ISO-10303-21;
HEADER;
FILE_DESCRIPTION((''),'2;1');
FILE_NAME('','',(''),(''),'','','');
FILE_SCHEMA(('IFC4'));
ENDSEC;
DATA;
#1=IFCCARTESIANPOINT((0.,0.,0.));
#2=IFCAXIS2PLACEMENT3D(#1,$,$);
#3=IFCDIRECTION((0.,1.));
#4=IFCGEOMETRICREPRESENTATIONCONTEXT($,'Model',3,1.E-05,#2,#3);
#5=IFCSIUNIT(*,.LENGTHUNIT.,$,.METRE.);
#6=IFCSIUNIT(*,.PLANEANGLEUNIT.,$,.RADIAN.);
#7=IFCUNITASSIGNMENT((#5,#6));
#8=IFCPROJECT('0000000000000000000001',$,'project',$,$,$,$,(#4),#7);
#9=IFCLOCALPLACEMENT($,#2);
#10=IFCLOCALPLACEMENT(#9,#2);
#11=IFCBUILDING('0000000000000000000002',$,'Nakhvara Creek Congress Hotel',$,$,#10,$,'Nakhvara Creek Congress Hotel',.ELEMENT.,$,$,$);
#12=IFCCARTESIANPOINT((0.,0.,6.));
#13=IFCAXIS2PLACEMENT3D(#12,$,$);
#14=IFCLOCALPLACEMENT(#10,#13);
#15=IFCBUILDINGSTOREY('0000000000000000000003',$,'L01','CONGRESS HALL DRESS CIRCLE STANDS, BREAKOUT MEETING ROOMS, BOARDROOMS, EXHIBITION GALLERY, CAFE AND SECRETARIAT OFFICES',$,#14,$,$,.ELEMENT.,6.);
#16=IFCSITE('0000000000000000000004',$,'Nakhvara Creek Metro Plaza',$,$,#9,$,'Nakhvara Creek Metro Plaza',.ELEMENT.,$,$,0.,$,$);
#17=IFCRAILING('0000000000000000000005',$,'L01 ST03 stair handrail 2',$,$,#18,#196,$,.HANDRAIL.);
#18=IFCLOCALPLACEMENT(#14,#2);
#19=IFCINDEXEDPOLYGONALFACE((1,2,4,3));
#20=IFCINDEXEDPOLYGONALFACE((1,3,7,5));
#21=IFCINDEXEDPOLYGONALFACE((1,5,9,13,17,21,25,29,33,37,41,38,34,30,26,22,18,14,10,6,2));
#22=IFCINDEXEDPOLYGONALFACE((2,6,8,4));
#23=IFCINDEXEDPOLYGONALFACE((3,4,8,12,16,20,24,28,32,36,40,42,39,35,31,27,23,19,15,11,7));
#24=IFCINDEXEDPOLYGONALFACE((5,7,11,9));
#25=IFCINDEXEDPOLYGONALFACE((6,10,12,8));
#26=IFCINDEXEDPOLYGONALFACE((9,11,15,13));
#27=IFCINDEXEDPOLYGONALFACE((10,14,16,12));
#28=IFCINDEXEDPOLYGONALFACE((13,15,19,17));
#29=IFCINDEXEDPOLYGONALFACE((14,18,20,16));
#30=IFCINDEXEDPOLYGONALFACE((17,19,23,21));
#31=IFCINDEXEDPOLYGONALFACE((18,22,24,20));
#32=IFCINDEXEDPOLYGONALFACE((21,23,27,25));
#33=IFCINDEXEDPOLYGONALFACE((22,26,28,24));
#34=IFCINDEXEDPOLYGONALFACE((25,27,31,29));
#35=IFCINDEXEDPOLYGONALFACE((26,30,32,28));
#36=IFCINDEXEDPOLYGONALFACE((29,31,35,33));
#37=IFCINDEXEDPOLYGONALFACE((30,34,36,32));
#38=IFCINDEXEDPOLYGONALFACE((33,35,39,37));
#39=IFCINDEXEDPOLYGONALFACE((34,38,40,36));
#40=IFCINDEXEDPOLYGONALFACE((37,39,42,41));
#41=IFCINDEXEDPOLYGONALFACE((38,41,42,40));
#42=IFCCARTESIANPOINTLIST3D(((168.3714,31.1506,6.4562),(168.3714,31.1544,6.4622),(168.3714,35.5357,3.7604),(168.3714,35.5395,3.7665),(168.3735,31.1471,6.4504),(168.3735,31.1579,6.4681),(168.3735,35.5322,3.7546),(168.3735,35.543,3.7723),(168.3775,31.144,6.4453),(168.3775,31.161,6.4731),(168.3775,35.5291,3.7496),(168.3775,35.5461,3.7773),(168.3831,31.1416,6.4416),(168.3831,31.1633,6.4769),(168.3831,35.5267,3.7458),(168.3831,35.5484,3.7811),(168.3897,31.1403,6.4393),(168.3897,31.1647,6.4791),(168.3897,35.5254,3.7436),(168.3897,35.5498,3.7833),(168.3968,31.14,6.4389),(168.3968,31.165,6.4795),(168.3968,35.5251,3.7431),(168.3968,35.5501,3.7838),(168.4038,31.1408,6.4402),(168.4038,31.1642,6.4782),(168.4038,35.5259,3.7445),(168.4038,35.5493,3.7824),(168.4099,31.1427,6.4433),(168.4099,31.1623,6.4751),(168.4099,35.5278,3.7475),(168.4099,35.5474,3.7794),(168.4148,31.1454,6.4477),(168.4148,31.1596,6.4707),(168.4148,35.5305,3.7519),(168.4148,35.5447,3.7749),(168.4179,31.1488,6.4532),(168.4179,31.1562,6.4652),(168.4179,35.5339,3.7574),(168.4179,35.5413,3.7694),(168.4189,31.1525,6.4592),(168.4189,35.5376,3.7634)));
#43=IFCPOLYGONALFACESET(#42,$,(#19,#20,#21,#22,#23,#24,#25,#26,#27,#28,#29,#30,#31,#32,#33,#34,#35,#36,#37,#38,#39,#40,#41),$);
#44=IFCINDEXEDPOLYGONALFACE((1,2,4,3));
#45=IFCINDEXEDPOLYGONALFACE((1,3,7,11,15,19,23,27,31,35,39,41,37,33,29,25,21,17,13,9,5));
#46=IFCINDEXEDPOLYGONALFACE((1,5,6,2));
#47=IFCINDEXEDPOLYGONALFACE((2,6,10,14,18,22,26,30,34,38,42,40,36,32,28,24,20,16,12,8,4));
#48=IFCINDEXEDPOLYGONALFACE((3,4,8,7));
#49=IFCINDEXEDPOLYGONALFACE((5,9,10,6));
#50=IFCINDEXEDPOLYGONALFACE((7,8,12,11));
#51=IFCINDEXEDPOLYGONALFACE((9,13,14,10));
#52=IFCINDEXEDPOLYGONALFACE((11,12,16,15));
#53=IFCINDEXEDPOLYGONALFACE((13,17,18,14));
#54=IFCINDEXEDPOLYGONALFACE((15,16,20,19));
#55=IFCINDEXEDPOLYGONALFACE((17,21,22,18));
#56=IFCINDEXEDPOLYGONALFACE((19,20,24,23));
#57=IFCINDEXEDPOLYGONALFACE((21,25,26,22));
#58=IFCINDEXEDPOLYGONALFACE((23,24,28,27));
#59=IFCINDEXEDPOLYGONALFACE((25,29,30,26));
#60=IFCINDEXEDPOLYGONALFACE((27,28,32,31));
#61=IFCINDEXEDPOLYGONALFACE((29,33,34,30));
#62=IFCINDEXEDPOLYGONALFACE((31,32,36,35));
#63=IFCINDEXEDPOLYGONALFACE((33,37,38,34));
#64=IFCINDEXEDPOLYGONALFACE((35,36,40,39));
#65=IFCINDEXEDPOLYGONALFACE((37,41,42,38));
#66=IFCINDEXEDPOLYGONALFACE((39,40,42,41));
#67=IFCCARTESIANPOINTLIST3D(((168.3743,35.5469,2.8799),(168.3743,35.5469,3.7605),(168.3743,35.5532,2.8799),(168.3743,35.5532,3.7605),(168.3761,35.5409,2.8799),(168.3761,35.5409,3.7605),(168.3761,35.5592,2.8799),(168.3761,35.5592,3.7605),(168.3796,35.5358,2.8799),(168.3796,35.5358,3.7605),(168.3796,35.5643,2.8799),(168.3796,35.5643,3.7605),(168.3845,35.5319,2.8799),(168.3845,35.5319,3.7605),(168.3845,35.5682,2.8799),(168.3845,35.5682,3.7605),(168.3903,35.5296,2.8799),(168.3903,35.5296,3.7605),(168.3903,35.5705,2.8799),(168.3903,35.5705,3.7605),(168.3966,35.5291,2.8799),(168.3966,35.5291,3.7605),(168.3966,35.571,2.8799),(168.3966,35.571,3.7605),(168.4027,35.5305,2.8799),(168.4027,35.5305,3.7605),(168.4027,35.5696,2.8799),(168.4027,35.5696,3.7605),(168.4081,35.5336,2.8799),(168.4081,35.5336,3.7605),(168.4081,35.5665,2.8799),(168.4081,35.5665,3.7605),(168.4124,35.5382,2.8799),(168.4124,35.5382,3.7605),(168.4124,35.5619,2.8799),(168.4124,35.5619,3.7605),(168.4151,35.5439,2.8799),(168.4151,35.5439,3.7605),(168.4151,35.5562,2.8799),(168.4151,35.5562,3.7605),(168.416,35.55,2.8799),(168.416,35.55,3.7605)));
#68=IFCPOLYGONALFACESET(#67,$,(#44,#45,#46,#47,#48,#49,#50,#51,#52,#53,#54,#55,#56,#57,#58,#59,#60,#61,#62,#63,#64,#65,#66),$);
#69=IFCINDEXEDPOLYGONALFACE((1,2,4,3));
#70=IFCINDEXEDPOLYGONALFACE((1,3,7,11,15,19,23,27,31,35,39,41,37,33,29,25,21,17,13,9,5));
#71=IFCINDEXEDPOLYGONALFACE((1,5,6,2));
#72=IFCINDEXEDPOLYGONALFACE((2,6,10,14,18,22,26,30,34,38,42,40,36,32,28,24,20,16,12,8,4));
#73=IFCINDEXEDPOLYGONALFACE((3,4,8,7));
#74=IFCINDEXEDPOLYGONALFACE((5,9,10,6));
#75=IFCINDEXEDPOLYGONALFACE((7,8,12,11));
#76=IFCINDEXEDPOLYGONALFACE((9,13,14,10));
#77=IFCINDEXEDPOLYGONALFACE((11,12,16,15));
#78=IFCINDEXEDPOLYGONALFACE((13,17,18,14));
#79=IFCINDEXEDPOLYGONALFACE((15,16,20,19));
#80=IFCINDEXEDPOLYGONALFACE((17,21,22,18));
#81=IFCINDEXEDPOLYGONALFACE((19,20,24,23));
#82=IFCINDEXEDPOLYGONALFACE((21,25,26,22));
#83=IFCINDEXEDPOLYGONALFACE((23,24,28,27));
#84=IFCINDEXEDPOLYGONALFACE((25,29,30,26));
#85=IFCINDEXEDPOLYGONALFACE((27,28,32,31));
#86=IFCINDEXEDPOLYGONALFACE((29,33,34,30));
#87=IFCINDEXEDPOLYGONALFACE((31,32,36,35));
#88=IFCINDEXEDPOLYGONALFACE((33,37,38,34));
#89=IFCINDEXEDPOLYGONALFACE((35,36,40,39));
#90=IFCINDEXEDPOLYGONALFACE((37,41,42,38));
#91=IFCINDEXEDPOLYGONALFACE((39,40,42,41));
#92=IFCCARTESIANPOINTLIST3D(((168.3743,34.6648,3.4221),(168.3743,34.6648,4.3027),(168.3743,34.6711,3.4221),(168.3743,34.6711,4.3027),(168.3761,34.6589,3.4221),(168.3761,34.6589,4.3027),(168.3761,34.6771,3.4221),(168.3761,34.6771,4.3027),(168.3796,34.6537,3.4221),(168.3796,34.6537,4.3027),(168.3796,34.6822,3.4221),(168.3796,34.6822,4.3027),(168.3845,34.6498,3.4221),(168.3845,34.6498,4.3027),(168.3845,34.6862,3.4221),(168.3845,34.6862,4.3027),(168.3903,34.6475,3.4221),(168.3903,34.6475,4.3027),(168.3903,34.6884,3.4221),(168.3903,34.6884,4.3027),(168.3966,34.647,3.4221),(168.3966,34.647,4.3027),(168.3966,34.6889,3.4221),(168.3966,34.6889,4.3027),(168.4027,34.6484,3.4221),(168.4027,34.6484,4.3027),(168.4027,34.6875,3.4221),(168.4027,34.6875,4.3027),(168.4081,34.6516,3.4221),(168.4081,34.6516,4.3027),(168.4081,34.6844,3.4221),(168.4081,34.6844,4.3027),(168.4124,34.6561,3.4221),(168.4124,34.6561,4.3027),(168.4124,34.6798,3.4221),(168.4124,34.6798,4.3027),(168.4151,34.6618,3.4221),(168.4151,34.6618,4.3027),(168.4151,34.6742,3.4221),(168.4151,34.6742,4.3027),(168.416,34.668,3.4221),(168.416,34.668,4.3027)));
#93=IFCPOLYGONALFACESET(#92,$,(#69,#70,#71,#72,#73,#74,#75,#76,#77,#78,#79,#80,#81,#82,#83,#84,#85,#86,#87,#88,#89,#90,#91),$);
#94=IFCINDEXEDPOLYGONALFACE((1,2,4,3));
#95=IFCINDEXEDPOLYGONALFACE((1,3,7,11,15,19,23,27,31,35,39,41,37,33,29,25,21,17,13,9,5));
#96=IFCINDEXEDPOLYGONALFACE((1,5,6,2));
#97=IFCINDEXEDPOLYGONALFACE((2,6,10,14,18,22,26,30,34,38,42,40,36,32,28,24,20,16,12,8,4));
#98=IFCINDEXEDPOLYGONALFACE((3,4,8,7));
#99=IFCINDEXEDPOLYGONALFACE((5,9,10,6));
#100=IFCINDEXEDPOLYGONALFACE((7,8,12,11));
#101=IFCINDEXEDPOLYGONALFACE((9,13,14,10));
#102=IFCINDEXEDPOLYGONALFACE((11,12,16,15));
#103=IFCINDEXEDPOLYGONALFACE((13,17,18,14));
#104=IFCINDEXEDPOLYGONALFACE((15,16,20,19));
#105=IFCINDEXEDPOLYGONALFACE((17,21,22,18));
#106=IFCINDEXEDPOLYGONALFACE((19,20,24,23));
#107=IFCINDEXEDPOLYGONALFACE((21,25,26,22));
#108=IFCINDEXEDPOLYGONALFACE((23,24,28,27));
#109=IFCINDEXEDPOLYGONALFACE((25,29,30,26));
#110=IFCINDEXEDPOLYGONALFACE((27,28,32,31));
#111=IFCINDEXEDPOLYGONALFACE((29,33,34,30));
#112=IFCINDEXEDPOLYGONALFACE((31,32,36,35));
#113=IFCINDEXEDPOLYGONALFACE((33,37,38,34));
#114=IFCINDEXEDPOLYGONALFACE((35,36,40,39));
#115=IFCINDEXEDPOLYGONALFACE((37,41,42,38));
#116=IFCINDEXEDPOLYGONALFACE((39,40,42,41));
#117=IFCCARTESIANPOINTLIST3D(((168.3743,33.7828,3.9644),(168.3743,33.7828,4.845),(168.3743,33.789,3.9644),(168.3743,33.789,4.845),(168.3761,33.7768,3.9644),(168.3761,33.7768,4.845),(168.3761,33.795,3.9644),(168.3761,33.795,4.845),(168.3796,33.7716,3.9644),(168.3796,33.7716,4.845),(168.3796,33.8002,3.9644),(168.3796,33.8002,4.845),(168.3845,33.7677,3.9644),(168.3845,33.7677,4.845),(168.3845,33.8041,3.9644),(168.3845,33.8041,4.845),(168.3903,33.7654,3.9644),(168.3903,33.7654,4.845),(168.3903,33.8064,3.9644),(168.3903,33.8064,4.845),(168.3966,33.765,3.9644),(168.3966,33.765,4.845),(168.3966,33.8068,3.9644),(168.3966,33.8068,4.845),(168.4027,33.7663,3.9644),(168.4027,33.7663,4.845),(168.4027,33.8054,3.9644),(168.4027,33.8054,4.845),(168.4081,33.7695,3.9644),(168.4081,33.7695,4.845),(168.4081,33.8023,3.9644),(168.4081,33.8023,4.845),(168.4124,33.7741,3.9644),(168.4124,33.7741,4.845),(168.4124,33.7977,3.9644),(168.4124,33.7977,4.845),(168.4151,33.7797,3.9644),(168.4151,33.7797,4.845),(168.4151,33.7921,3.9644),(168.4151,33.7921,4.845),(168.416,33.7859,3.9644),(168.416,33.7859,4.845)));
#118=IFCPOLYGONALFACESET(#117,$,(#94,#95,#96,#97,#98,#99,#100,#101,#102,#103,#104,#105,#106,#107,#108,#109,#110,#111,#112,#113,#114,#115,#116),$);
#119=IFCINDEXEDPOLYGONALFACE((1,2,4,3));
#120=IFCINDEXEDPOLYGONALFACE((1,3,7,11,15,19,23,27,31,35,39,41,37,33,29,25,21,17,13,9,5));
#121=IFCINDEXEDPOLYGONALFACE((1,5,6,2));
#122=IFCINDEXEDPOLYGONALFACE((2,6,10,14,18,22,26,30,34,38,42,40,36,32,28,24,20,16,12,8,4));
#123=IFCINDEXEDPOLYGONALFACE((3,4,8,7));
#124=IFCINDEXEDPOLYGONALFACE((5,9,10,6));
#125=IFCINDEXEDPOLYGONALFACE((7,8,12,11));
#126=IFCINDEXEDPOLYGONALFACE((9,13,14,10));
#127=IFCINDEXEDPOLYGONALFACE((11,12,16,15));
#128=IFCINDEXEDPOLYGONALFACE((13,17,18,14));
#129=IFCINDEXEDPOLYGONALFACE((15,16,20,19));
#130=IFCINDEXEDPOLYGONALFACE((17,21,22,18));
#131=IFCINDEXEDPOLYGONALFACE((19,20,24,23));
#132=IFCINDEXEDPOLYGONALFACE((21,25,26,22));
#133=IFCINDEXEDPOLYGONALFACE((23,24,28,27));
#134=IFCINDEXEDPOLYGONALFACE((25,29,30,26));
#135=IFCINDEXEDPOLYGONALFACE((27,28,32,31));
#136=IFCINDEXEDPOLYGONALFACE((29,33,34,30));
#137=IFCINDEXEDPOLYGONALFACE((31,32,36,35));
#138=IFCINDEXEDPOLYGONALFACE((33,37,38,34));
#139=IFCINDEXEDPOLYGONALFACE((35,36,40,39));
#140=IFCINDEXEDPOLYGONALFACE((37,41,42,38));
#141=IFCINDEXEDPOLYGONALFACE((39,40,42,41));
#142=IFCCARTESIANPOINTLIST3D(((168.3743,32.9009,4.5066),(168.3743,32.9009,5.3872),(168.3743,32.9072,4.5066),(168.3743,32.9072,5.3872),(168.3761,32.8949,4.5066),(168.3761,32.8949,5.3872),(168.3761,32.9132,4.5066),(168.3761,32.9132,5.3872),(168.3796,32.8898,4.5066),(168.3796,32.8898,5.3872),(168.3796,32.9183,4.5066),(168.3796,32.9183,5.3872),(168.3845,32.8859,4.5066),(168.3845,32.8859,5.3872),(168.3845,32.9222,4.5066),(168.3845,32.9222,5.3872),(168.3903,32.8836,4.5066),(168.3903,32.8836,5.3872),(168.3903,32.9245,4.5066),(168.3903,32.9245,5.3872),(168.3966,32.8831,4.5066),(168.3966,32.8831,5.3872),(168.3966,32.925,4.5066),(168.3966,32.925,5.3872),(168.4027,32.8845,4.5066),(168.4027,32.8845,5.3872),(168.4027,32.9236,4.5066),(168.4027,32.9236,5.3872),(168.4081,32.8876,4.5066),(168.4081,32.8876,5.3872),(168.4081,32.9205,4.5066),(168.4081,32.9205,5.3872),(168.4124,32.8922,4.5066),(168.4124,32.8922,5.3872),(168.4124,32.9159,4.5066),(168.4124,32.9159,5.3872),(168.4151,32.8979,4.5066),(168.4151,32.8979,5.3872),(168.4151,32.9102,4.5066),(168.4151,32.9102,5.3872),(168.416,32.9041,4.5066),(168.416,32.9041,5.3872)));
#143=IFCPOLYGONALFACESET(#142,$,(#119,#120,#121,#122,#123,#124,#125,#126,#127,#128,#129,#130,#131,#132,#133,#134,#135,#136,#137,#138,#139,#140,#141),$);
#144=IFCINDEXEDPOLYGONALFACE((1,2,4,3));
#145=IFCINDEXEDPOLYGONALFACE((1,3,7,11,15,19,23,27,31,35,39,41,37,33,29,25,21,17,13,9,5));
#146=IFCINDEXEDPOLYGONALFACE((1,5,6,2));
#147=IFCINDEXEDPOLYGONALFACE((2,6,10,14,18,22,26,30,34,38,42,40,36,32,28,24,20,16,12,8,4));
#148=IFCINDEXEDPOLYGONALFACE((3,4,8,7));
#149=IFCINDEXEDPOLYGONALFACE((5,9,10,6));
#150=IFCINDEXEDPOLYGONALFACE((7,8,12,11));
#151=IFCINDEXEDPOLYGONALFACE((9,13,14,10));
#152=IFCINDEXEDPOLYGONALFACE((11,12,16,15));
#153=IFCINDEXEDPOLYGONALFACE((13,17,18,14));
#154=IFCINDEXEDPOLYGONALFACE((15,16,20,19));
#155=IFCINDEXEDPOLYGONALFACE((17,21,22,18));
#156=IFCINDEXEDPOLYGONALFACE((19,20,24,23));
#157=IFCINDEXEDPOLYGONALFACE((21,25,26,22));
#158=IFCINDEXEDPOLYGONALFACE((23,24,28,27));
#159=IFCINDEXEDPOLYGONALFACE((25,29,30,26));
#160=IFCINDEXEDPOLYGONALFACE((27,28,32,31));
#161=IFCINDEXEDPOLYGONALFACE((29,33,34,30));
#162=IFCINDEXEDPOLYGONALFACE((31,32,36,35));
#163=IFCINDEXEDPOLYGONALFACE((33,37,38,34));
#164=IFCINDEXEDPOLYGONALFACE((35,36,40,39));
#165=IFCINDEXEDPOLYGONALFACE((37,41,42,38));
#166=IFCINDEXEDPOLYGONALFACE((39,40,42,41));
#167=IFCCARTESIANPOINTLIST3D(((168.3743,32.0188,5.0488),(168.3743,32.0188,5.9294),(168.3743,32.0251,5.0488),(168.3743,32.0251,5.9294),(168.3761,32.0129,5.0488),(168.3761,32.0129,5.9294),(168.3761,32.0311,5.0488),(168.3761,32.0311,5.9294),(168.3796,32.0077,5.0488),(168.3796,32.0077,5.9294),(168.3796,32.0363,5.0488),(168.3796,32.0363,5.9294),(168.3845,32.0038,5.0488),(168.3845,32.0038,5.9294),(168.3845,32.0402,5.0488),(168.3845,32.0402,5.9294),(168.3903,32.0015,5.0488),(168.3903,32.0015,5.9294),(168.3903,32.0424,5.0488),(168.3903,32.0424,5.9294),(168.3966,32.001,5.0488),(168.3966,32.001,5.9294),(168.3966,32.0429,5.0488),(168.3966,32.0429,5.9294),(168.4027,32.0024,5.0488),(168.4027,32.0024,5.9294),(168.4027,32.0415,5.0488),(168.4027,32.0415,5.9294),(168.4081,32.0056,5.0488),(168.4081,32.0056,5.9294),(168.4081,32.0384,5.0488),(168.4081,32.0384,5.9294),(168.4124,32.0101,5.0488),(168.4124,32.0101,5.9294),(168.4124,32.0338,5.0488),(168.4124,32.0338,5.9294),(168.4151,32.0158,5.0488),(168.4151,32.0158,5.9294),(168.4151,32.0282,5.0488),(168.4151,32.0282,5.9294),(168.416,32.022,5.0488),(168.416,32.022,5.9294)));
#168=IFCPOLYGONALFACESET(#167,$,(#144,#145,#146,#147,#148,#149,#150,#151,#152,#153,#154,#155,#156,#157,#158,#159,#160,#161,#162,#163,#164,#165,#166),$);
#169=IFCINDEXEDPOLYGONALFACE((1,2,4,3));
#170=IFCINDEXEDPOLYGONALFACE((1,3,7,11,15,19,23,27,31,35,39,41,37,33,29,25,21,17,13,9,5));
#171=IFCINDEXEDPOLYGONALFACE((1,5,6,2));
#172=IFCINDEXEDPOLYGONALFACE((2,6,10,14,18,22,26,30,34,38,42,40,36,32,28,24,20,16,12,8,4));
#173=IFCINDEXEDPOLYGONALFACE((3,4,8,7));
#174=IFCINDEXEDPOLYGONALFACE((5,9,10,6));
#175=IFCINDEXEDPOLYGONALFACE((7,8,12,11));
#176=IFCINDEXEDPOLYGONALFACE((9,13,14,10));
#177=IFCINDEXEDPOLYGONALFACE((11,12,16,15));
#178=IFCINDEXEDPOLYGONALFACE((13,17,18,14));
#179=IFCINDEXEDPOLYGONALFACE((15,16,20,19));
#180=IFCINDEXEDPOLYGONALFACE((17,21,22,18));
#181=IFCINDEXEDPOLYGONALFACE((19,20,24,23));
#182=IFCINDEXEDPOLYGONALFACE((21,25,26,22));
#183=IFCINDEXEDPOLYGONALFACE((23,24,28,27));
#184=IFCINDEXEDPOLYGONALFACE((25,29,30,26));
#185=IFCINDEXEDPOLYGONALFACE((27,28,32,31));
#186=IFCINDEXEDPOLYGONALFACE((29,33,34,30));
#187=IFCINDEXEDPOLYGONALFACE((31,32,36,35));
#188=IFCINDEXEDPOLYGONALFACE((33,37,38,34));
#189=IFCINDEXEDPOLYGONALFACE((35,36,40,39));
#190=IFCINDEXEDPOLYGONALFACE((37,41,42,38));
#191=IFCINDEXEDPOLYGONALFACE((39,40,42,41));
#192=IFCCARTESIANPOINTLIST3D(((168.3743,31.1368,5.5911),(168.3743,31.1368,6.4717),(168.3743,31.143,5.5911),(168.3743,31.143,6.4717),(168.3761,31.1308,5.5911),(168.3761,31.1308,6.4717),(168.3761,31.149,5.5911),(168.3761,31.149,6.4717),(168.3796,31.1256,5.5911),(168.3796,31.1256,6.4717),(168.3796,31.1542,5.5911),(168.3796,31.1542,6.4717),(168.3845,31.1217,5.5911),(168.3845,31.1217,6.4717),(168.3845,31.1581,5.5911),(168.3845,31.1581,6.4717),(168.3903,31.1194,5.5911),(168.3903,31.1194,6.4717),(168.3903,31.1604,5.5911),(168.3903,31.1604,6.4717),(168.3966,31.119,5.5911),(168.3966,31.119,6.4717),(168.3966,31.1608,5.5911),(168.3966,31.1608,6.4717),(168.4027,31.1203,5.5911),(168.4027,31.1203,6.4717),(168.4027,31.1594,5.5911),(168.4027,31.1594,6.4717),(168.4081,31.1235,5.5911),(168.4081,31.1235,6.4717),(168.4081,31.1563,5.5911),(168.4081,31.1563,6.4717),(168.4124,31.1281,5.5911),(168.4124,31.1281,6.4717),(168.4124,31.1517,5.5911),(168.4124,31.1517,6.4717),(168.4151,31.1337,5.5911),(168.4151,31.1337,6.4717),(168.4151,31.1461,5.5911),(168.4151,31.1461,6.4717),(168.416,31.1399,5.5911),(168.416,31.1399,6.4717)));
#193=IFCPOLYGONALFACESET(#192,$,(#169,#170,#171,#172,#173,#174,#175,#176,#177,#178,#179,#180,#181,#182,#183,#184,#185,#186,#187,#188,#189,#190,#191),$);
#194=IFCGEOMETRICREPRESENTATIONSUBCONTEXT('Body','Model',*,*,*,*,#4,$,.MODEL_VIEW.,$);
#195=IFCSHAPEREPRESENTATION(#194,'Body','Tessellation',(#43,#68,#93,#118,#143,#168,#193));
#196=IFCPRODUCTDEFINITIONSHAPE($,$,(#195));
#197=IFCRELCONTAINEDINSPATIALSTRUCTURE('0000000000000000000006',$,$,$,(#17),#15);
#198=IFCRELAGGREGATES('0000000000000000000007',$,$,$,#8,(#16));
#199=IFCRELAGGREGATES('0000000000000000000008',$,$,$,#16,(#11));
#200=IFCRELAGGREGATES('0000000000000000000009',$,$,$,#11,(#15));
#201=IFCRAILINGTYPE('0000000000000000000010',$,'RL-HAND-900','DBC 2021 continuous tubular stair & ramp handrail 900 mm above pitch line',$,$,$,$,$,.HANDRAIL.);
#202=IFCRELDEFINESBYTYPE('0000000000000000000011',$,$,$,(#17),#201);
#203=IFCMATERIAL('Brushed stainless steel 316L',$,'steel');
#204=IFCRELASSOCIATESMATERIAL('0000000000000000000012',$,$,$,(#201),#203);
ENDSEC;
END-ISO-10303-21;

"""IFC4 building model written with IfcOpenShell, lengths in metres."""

from ifc_helpers import new_model, si_unit, direction, frame, origin, origin_2d, place, context, subcontext, project, spatial, circle, extrude, material, type_object, element, save


model = new_model("IFC4")

# Units and contexts
model_context = context("Model", 3, precision=1e-05, world=origin(), true_north=direction((0.0, 1.0)))
body_context = subcontext(model_context, "Body", "Model", "MODEL_VIEW")
ifc_project = project(units=[si_unit("LENGTHUNIT", "METRE"), si_unit("PLANEANGLEUNIT", "RADIAN")], contexts=[model_context])

# Site, building, storey
site_placement = place(None, origin())
site = spatial("IfcSite", under=ifc_project, at=site_placement, Name="Nakhvara Creek Metro Plaza", LongName="Nakhvara Creek Metro Plaza", CompositionType="ELEMENT", RefElevation=0.0)
building_placement = place(site_placement, origin())
building = spatial("IfcBuilding", under=site, at=building_placement, Name="Nakhvara Creek Congress Hotel", LongName="Nakhvara Creek Congress Hotel", CompositionType="ELEMENT")
storey_placement = place(building_placement, frame((0.0, 0.0, 6.0)))
storey = spatial("IfcBuildingStorey", under=building, at=storey_placement, Name="L01", Description="CONGRESS HALL DRESS CIRCLE STANDS, BREAKOUT MEETING ROOMS, BOARDROOMS, EXHIBITION GALLERY, CAFE AND SECRETARIAT OFFICES", CompositionType="ELEMENT", Elevation=6.0)

# Railing
ifc_material_1 = material(Name="Brushed stainless steel 316L", Category="steel")
railing_type_1 = type_object("IfcRailingType", Name="RL-HAND-900", Description="DBC 2021 continuous tubular stair & ramp handrail 900 mm above pitch line", PredefinedType="HANDRAIL", material=ifc_material_1)
railing_1_placement = place(storey_placement, frame((168.395, 35.55, 2.8799)))
element("IfcRailing", 1, at=railing_1_placement, inside=storey, type_object=railing_type_1, Name="L01 ST03 stair handrail 2", PredefinedType="HANDRAIL", context=body_context, shape_type="SweptSolid", body=[
    extrude(circle(Radius=0.0239, at=origin_2d()), frame((0.0, -0.0125, 0.8835), z_axis=(0.0, -0.851896, 0.523711), x_axis=(1.0, 0.0, 0.0)), (0.0, 0.0, 1.0), 5.1475),
    extrude(circle(Radius=0.021, at=origin_2d()), origin(), (0.0, 0.0, 1.0), 0.8806),
    extrude(circle(Radius=0.021, at=origin_2d()), frame((0.0, -0.8821, 0.5422)), (0.0, 0.0, 1.0), 0.8806),
    extrude(circle(Radius=0.021, at=origin_2d()), frame((0.0, -1.7642, 1.0845)), (0.0, 0.0, 1.0), 0.8806),
    extrude(circle(Radius=0.021, at=origin_2d()), frame((0.0, -2.646, 1.6267)), (0.0, 0.0, 1.0), 0.8806),
    extrude(circle(Radius=0.021, at=origin_2d()), frame((0.0, -3.5281, 2.1689)), (0.0, 0.0, 1.0), 0.8806),
    extrude(circle(Radius=0.021, at=origin_2d()), frame((0.0, -4.4102, 2.7112)), (0.0, 0.0, 1.0), 0.8806),
])

save(model, "model.ifc")
